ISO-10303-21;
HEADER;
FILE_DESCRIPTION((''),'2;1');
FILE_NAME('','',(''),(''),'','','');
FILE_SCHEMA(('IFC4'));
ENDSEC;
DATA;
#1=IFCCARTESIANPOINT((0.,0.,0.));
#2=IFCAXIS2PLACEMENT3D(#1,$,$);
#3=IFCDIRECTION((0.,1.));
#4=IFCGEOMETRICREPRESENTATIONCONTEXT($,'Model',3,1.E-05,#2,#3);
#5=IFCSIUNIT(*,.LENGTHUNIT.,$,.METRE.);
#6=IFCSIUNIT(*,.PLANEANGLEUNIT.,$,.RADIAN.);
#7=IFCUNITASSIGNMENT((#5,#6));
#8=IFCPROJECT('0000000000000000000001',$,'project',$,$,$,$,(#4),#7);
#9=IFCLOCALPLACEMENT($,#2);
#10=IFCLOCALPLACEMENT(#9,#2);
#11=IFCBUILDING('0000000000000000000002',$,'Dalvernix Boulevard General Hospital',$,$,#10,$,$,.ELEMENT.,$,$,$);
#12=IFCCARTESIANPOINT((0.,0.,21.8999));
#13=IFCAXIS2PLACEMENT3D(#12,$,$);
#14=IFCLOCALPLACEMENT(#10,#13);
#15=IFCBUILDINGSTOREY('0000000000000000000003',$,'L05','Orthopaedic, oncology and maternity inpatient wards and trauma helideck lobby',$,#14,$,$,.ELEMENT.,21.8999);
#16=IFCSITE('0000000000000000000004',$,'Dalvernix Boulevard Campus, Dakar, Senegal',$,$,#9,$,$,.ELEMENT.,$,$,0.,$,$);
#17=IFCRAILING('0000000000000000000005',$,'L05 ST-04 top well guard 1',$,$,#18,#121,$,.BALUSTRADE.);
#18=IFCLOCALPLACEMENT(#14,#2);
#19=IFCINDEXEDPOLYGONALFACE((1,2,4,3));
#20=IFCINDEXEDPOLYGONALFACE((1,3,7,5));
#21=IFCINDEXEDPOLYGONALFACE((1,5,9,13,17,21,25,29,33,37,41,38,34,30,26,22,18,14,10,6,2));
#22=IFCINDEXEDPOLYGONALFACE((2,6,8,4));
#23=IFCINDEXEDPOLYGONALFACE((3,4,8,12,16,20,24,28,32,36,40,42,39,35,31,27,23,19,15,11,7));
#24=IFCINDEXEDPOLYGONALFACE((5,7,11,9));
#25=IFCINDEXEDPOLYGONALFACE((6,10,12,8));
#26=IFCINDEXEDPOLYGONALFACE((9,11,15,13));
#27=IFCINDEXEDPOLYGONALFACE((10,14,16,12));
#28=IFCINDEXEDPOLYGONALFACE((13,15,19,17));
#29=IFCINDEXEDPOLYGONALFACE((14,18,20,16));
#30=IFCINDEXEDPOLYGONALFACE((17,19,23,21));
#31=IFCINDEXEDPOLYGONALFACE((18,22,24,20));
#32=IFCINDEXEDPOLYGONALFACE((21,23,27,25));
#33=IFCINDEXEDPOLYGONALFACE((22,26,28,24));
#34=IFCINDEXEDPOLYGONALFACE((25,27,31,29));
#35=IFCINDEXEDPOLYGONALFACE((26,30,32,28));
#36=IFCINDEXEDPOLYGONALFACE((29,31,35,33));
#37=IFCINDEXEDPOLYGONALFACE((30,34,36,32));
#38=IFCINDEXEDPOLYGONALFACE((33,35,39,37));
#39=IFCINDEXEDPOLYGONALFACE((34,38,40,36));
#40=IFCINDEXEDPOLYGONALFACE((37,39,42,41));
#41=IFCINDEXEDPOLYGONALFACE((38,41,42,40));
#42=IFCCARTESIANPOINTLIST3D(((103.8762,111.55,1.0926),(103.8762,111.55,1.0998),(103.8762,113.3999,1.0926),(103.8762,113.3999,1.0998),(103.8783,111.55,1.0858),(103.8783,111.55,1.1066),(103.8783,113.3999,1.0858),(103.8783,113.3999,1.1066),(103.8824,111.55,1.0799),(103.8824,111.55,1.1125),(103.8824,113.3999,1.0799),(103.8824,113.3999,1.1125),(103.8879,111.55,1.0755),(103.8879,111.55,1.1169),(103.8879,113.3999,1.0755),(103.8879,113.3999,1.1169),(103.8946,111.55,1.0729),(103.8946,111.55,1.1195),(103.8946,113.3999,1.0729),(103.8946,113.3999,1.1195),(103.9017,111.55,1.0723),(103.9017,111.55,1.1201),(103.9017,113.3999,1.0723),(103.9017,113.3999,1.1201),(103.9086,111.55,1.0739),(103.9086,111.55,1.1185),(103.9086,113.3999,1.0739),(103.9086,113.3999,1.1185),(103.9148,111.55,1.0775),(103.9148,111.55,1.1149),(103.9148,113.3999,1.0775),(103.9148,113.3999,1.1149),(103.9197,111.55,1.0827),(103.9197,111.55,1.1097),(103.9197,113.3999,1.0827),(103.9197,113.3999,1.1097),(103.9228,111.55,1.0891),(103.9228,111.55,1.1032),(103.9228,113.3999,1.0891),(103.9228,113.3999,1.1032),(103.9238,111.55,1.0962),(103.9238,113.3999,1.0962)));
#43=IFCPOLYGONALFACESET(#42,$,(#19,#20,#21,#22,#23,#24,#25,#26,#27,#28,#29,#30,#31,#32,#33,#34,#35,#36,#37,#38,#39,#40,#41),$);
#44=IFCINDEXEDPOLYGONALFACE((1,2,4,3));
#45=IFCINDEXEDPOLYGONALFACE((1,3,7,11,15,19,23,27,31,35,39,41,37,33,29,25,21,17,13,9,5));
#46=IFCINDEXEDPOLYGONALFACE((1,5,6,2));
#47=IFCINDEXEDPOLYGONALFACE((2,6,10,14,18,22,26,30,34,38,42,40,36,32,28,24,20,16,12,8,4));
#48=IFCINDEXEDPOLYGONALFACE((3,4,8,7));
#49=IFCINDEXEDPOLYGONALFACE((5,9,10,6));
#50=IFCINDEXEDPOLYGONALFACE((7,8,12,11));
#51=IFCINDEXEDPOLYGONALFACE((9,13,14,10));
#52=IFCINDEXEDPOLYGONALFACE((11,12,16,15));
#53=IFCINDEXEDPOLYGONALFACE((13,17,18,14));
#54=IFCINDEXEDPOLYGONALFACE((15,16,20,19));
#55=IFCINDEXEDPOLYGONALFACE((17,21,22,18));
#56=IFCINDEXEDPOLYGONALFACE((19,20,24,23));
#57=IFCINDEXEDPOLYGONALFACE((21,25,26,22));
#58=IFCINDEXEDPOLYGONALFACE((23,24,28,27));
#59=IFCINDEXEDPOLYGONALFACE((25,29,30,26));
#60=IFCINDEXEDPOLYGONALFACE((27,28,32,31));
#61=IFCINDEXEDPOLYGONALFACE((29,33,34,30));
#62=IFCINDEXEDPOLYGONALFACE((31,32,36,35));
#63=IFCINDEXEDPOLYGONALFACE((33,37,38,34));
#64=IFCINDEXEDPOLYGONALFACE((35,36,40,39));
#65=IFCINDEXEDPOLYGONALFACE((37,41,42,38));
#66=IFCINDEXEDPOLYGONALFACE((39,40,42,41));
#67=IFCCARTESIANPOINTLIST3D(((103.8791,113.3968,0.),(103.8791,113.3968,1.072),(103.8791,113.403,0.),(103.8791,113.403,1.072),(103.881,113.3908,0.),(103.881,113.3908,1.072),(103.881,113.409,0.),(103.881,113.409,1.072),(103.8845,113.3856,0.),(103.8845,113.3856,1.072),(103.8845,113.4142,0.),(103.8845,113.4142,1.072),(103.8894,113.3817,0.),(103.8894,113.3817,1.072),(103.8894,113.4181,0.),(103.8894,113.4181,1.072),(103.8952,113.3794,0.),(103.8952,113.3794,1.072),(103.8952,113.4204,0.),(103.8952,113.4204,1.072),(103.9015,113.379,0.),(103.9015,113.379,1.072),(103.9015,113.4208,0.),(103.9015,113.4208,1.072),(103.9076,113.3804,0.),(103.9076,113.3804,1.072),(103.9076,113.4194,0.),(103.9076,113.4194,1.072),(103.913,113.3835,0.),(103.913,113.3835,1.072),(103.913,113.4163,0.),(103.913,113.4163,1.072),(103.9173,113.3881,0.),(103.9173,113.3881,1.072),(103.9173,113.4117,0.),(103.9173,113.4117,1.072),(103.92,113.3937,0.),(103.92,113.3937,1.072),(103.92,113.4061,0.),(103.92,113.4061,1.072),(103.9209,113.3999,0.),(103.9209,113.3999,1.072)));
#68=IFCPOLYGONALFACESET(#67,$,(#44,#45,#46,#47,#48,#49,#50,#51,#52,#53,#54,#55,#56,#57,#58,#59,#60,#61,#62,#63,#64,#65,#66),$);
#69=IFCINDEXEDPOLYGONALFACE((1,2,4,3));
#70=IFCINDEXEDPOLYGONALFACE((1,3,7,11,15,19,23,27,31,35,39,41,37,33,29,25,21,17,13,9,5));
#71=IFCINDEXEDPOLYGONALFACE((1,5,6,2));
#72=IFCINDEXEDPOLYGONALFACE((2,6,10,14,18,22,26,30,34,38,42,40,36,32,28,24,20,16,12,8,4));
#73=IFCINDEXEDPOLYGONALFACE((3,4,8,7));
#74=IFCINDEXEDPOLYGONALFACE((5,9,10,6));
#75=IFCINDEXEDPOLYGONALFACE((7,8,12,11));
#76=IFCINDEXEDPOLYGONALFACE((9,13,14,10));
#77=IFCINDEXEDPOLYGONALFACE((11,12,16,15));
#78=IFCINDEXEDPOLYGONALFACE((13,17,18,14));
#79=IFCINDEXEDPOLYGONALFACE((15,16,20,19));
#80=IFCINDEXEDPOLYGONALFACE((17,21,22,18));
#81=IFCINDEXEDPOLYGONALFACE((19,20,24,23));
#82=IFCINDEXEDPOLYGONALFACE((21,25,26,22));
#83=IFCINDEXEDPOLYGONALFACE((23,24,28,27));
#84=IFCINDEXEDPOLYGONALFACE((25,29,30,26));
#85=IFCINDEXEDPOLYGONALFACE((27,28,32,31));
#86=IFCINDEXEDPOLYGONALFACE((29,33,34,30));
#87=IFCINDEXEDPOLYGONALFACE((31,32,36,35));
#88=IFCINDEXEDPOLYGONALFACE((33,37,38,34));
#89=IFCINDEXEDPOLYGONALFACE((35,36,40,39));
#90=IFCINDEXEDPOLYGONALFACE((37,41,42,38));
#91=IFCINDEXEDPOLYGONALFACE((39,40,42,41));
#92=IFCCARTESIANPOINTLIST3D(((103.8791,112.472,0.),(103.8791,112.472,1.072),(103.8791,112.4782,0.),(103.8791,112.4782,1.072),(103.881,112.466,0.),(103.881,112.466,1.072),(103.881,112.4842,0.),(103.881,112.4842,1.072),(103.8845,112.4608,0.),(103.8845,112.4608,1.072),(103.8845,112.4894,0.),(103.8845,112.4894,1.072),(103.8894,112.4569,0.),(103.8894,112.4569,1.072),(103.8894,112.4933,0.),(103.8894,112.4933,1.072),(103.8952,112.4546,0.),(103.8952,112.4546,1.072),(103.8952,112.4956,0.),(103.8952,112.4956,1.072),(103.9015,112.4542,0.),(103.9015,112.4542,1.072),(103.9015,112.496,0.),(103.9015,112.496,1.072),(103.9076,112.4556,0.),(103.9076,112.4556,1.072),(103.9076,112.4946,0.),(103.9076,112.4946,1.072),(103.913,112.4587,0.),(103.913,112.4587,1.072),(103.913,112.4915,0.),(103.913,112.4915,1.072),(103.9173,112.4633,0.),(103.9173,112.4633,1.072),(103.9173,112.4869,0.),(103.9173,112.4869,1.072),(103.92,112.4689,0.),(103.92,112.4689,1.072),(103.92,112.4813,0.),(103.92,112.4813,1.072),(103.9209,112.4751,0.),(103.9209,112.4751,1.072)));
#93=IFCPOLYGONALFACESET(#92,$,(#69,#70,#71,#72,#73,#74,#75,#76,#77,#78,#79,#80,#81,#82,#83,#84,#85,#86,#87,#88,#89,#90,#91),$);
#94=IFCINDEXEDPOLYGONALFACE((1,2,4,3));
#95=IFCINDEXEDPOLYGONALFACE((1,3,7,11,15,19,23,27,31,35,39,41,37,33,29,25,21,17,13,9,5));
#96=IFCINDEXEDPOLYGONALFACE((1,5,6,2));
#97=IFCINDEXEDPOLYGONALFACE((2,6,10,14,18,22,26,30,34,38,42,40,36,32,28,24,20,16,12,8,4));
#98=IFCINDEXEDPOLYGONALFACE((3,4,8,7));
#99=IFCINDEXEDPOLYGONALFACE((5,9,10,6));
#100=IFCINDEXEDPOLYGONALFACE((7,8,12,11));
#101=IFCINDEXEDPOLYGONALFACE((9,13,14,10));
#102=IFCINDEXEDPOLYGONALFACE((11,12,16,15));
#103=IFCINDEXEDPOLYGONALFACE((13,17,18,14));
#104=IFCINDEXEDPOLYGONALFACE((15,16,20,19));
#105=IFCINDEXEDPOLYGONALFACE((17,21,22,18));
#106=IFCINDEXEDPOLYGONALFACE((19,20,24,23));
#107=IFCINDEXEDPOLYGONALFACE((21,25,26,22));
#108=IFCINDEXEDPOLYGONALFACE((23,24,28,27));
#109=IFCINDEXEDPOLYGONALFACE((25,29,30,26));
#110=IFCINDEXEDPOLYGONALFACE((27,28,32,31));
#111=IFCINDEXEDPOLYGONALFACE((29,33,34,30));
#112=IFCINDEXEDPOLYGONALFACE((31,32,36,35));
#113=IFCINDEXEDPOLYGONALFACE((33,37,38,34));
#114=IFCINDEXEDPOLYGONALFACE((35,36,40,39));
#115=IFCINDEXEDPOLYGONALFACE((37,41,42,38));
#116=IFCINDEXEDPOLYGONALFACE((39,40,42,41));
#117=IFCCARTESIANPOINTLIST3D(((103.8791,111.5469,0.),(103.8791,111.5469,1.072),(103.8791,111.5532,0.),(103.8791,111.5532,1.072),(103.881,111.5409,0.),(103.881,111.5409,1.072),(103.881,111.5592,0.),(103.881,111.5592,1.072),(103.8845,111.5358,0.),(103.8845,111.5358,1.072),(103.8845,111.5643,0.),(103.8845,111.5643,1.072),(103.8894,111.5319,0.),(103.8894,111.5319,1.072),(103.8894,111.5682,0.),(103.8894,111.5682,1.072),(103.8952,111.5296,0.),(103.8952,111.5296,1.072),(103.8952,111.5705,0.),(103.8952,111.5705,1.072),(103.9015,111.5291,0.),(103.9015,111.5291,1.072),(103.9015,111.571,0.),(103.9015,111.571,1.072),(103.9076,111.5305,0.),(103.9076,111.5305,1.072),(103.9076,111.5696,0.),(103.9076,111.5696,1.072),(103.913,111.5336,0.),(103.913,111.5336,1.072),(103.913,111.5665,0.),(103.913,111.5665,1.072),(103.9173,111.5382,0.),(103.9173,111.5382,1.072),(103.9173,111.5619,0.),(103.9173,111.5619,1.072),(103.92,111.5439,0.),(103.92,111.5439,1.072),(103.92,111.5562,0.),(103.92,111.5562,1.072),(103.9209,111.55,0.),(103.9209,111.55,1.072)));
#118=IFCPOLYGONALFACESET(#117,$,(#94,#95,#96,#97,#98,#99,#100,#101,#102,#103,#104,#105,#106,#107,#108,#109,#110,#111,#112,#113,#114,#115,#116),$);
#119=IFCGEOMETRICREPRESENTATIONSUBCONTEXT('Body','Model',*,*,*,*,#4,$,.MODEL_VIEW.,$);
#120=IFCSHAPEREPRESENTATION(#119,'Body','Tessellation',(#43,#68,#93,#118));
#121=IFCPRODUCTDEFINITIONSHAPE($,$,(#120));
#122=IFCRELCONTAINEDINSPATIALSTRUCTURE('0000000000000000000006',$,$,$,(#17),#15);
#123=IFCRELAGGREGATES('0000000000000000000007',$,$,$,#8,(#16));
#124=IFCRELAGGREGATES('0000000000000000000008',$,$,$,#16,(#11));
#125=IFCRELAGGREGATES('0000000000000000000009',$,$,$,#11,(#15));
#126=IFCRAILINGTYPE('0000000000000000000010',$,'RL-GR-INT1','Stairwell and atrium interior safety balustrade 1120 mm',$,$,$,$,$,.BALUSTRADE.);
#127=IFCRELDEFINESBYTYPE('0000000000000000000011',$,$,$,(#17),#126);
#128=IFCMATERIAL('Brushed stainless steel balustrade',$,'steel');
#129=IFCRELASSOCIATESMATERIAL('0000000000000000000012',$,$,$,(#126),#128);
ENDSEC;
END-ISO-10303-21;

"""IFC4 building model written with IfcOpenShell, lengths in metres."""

from ifc_helpers import new_model, si_unit, direction, frame, origin, origin_2d, place, context, subcontext, project, spatial, circle, extrude, material, type_object, element, save


model = new_model("IFC4")

# Units and contexts
model_context = context("Model", 3, precision=1e-05, world=origin(), true_north=direction((0.0, 1.0)))
body_context = subcontext(model_context, "Body", "Model", "MODEL_VIEW")
ifc_project = project(units=[si_unit("LENGTHUNIT", "METRE"), si_unit("PLANEANGLEUNIT", "RADIAN")], contexts=[model_context])

# Site, building, storey
site_placement = place(None, origin())
site = spatial("IfcSite", under=ifc_project, at=site_placement, Name="Dalvernix Boulevard Campus, Dakar, Senegal", CompositionType="ELEMENT", RefElevation=0.0)
building_placement = place(site_placement, origin())
building = spatial("IfcBuilding", under=site, at=building_placement, Name="Dalvernix Boulevard General Hospital", CompositionType="ELEMENT")
storey_placement = place(building_placement, frame((0.0, 0.0, 21.8999)))
storey = spatial("IfcBuildingStorey", under=building, at=storey_placement, Name="L05", Description="Orthopaedic, oncology and maternity inpatient wards and trauma helideck lobby", CompositionType="ELEMENT", Elevation=21.8999)

# Railing
ifc_material_1 = material(Name="Brushed stainless steel balustrade", Category="steel")
railing_type = type_object("IfcRailingType", Name="RL-GR-INT1", Description="Stairwell and atrium interior safety balustrade 1120 mm", PredefinedType="BALUSTRADE", material=ifc_material_1)
railing_placement = place(storey_placement, frame((103.8999, 113.3999, 0.0)))
element("IfcRailing", 1, at=railing_placement, inside=storey, type_object=railing_type, Name="L05 ST-04 top well guard 1", PredefinedType="BALUSTRADE", context=body_context, shape_type="SweptSolid", body=[
    extrude(circle(Radius=0.0239, at=origin_2d()), frame((0.0, 0.0, 1.0962), z_axis=(0.0, -1.0, 0.0), x_axis=(1.0, 0.0, 0.0)), (0.0, 0.0, 1.0), 1.8499),
    extrude(circle(Radius=0.021, at=origin_2d()), origin(), (0.0, 0.0, 1.0), 1.072),
    extrude(circle(Radius=0.021, at=origin_2d()), frame((0.0, -0.9248, 0.0)), (0.0, 0.0, 1.0), 1.072),
    extrude(circle(Radius=0.021, at=origin_2d()), frame((0.0, -1.8499, 0.0)), (0.0, 0.0, 1.0), 1.072),
])

save(model, "model.ifc")
